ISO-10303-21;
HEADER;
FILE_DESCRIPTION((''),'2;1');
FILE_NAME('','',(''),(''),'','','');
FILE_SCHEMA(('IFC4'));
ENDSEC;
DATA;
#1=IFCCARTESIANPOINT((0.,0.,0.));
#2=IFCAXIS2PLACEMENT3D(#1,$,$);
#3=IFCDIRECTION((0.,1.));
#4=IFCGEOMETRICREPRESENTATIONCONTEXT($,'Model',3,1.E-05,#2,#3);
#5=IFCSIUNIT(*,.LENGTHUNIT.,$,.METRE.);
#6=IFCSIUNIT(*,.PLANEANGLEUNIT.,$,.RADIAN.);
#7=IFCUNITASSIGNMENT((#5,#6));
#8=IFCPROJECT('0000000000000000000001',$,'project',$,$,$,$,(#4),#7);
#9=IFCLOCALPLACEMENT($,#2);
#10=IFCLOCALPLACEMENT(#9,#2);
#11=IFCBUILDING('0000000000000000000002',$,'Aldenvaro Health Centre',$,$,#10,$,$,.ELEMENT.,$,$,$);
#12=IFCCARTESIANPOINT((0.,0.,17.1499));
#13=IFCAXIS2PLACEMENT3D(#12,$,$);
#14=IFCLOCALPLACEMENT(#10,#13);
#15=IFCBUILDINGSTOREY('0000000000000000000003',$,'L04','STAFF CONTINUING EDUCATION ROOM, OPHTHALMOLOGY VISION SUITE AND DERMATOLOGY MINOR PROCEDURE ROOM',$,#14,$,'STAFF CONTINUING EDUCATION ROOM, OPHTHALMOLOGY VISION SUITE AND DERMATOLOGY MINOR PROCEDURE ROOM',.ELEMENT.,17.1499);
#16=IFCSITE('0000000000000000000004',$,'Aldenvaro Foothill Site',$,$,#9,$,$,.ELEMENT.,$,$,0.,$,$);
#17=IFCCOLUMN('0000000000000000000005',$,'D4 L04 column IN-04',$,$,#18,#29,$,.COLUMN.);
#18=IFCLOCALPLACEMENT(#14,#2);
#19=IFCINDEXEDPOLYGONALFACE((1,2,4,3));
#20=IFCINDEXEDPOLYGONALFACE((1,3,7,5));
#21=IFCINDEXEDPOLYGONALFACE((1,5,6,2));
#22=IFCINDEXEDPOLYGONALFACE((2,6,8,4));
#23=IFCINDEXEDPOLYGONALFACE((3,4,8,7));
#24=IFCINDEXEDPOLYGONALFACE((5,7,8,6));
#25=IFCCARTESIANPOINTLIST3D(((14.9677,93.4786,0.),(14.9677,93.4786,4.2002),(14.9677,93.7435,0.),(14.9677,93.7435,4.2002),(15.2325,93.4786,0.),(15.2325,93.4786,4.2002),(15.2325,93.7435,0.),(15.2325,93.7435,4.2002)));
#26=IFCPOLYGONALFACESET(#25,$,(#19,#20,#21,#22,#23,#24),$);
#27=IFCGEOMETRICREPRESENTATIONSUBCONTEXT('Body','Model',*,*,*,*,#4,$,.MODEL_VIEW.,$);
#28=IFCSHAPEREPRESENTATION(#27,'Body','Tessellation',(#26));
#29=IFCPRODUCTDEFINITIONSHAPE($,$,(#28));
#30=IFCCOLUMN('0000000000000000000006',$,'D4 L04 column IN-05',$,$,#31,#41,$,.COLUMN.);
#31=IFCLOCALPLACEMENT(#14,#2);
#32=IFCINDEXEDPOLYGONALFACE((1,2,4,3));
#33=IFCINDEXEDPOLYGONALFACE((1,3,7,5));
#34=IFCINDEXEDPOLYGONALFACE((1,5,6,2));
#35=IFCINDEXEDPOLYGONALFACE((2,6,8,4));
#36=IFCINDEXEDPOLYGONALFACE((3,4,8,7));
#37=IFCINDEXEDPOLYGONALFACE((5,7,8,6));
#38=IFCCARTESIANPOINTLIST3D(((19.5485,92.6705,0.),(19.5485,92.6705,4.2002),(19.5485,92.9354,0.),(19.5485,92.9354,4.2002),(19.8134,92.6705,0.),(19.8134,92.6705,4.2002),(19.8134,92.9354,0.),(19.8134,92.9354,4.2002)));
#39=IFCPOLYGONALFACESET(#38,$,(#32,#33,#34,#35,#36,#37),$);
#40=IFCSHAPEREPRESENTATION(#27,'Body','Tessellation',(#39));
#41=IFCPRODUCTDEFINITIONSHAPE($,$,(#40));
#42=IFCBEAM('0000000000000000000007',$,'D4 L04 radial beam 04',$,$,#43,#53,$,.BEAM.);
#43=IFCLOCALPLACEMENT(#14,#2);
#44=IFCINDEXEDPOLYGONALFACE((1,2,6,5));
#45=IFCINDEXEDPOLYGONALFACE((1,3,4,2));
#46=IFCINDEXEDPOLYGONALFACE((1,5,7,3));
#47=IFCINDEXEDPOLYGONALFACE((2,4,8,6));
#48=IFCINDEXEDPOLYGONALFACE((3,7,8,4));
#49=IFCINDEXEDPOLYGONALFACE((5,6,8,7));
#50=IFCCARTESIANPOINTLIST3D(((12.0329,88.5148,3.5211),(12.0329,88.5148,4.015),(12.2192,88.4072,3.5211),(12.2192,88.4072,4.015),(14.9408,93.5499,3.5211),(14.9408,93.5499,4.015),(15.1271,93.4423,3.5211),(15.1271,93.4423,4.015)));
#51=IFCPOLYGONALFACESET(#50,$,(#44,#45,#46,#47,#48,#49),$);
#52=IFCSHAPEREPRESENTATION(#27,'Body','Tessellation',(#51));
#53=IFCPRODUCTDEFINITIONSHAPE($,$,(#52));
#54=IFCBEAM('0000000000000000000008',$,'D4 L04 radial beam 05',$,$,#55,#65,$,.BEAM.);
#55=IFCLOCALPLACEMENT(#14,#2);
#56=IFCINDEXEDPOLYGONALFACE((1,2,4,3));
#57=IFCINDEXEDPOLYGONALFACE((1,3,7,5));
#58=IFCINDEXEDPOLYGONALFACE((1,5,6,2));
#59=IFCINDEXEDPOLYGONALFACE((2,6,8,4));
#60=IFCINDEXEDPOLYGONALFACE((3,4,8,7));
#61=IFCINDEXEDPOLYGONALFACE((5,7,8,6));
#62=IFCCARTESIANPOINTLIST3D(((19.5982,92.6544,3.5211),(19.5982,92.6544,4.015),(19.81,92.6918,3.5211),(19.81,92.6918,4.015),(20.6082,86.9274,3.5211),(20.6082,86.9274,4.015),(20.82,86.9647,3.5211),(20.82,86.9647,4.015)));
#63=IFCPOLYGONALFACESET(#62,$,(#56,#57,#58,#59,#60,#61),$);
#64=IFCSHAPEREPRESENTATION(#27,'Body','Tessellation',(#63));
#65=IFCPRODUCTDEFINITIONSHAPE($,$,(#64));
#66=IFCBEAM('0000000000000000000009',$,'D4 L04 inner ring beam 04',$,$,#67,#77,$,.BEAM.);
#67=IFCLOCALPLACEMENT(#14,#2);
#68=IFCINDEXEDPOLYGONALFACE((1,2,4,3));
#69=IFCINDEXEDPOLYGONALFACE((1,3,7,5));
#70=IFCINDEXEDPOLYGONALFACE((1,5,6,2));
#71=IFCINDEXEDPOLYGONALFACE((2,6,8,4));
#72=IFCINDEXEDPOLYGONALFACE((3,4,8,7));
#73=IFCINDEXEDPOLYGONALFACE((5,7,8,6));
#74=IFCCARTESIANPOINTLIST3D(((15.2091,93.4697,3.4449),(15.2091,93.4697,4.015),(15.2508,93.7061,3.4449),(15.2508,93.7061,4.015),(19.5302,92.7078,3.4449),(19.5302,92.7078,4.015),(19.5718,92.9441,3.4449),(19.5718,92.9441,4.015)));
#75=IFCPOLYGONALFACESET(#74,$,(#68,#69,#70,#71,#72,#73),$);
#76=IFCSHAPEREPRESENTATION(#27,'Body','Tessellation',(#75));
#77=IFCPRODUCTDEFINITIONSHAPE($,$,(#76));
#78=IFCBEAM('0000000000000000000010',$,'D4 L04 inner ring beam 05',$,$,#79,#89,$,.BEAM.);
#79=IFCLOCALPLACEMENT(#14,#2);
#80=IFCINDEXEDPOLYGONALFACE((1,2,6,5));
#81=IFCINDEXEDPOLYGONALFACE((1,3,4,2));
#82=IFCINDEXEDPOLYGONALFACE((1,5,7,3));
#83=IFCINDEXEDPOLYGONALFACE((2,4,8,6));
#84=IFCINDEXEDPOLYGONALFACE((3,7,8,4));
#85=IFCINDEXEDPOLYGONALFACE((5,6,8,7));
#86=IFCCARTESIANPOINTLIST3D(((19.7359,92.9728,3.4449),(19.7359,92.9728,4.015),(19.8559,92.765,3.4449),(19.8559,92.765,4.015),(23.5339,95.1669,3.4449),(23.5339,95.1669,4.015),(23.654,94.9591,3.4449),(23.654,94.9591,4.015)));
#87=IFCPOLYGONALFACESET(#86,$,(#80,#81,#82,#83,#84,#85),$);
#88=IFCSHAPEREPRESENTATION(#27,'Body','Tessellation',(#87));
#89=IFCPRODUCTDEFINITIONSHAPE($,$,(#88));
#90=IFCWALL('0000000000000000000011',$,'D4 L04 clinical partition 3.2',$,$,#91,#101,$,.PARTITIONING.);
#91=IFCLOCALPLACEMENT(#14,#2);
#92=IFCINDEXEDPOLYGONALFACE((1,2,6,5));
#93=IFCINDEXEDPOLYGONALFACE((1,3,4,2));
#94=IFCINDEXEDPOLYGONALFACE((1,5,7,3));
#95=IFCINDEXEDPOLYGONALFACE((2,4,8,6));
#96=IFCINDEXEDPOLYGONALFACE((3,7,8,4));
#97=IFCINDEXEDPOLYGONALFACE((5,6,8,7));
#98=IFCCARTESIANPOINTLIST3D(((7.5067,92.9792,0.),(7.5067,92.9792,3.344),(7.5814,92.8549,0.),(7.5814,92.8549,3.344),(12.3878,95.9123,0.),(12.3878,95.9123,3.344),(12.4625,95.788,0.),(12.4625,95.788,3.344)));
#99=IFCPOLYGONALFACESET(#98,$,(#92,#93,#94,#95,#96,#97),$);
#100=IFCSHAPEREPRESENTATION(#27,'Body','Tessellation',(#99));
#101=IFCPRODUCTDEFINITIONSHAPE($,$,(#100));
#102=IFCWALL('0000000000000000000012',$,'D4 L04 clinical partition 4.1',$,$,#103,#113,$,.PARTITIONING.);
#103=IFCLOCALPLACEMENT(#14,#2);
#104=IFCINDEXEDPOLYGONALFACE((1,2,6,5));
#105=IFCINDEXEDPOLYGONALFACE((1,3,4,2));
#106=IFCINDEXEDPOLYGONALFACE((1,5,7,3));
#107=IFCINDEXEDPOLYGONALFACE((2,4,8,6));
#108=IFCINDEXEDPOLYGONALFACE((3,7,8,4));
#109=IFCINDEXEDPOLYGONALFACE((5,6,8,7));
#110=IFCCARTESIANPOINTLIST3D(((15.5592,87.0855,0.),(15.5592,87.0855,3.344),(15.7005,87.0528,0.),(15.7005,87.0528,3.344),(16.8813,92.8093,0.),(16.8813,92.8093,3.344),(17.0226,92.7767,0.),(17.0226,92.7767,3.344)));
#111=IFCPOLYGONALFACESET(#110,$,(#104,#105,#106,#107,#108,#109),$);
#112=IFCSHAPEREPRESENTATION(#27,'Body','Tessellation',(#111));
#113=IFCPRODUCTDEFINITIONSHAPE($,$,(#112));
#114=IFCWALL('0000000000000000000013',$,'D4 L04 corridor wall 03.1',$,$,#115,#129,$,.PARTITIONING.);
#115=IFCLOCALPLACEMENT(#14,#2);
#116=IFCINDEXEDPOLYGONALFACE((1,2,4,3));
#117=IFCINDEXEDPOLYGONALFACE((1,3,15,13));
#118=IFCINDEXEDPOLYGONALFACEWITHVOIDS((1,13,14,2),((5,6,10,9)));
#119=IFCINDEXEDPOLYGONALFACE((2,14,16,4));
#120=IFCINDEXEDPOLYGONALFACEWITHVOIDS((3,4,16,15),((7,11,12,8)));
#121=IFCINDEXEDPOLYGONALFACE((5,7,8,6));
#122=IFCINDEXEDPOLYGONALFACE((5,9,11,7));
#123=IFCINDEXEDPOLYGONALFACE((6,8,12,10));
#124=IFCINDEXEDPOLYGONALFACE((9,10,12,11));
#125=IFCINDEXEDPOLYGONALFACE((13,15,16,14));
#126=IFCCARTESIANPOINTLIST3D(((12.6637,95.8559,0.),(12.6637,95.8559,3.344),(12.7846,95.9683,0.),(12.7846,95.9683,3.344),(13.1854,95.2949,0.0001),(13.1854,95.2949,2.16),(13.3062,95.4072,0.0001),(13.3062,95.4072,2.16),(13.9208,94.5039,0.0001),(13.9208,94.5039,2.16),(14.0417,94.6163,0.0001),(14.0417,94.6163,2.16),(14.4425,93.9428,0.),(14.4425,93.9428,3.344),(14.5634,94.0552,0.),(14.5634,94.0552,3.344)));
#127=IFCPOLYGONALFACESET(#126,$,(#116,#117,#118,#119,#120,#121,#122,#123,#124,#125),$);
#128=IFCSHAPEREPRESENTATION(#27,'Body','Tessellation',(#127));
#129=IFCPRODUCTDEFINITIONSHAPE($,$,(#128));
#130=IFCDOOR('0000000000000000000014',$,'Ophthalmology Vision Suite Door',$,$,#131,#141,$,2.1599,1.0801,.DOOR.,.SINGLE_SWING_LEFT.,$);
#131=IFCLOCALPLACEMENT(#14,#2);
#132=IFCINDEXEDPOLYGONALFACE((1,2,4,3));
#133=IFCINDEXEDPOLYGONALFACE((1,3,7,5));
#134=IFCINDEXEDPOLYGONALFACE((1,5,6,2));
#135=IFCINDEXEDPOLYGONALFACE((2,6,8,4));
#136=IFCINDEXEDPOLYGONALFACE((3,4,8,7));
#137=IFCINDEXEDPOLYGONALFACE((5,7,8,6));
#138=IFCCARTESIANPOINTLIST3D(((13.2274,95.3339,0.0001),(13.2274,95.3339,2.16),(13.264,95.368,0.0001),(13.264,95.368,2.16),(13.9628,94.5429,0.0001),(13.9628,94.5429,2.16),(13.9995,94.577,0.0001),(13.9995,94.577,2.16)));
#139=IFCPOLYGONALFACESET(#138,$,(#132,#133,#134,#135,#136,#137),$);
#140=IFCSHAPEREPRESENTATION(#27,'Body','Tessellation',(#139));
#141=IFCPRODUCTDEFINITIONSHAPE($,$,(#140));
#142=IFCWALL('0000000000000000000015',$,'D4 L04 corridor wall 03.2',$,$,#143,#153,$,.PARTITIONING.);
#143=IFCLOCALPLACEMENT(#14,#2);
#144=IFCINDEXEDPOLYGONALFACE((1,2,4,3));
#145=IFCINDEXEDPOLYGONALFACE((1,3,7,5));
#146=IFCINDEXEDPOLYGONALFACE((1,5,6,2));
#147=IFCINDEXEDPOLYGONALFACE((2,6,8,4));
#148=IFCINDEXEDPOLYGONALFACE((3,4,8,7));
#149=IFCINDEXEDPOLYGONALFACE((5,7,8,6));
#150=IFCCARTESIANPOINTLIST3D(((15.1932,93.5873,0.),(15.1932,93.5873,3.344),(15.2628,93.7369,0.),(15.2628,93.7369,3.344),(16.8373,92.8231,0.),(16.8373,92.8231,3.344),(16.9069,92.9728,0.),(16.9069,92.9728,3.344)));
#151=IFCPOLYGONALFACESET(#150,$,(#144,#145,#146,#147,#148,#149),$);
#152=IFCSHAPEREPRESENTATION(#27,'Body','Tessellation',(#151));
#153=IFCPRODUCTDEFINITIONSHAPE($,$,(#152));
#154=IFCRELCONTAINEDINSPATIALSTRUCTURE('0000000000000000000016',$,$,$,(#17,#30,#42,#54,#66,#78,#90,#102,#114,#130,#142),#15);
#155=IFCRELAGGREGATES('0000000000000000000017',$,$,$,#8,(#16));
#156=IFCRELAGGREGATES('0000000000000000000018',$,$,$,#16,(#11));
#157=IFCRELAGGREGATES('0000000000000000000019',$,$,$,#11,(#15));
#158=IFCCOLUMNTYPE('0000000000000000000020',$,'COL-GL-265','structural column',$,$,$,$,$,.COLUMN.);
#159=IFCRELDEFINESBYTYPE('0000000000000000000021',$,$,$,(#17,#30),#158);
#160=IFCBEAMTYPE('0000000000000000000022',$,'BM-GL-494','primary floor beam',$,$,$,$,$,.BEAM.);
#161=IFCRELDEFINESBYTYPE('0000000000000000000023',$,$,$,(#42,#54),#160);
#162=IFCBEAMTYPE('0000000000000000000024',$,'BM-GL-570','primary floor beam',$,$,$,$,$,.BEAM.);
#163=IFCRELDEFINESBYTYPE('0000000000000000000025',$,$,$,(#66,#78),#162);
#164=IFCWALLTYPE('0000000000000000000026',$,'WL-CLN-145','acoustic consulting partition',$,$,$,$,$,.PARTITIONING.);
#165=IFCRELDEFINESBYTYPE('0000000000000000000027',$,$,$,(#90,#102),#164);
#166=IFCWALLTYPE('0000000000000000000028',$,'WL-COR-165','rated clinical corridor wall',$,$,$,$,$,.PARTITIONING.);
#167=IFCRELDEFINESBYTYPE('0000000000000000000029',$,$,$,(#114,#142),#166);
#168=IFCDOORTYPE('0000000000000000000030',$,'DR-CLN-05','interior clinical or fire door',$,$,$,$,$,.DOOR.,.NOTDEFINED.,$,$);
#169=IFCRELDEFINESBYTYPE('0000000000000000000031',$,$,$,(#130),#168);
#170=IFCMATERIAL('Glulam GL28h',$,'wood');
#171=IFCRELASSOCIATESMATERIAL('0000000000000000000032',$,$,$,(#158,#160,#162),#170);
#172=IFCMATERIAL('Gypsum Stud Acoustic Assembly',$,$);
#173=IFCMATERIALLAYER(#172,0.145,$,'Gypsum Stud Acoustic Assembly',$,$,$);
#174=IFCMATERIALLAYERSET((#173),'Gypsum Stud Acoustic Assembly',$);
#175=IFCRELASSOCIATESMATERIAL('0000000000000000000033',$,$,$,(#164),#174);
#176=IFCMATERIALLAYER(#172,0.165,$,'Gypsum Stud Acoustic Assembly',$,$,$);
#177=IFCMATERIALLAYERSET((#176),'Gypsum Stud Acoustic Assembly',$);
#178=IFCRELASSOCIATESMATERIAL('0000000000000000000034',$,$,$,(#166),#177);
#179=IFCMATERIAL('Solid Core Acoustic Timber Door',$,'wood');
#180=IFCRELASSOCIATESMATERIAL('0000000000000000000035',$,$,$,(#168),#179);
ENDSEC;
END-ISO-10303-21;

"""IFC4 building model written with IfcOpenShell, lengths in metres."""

from ifc_helpers import new_model, si_unit, direction, frame, frame_2d, origin, origin_2d, place, context, subcontext, project, spatial, rectangle, extrude, material, layer, layer_set, material_profile, profile_set, type_object, element, fill, save


model = new_model("IFC4")

# Units and contexts
model_context = context("Model", 3, precision=1e-05, world=origin(), true_north=direction((0.0, 1.0)))
body_context = subcontext(model_context, "Body", "Model", "MODEL_VIEW")
ifc_project = project(units=[si_unit("LENGTHUNIT", "METRE"), si_unit("PLANEANGLEUNIT", "RADIAN")], contexts=[model_context])

# Site, building, storey
site_placement = place(None, origin())
site = spatial("IfcSite", under=ifc_project, at=site_placement, Name="Aldenvaro Foothill Site", CompositionType="ELEMENT", RefElevation=0.0)
building_placement = place(site_placement, origin())
building = spatial("IfcBuilding", under=site, at=building_placement, Name="Aldenvaro Health Centre", CompositionType="ELEMENT")
storey_placement = place(building_placement, frame((0.0, 0.0, 17.1499)))
storey = spatial("IfcBuildingStorey", under=building, at=storey_placement, Name="L04", Description="STAFF CONTINUING EDUCATION ROOM, OPHTHALMOLOGY VISION SUITE AND DERMATOLOGY MINOR PROCEDURE ROOM", LongName="STAFF CONTINUING EDUCATION ROOM, OPHTHALMOLOGY VISION SUITE AND DERMATOLOGY MINOR PROCEDURE ROOM", CompositionType="ELEMENT", Elevation=17.1499)

# Columns
ifc_material_1 = material(Name="Glulam GL28h", Category="wood")
ifc_material_profile_1 = material_profile(ifc_material_1, rectangle(XDim=0.2649, YDim=0.2649, at=origin_2d()), Name="GL 265x265", Category="wood")
ifc_profile_set_1 = profile_set([ifc_material_profile_1], Name="Glulam GL28h")
column_type = type_object("IfcColumnType", Name="COL-GL-265", Description="structural column", PredefinedType="COLUMN", material=ifc_profile_set_1)
for number, where, z_axis, x_axis, name in (
    (1, (15.1001, 93.6111, 0.0), (0.0, 0.0, 1.0), (1.0, 0.0, 0.0), "D4 L04 column IN-04"),
    (2, (19.6809, 92.803, 0.0), (0.0, 0.0, 1.0), (1.0, 0.0, 0.0), "D4 L04 column IN-05"),
):
    element("IfcColumn", number, at=place(storey_placement, frame(where, z_axis=z_axis, x_axis=x_axis)), inside=storey, type_object=column_type, Name=name, PredefinedType="COLUMN", context=body_context, shape_type="SweptSolid", body=[
        extrude(rectangle(XDim=0.2649, YDim=0.2649, at=origin_2d()), origin(), (0.0, 0.0, 1.0), 4.2002),
    ])

# Beams
ifc_material_profile_2 = material_profile(ifc_material_1, rectangle(XDim=0.2151, YDim=0.4939, at=origin_2d()), Name="GL 215x494", Category="wood")
ifc_profile_set_2 = profile_set([ifc_material_profile_2], Name="Glulam GL28h")
beam_type_1 = type_object("IfcBeamType", Name="BM-GL-494", Description="primary floor beam", PredefinedType="BEAM", material=ifc_profile_set_2)
beam_1_placement = place(storey_placement, frame((15.0339, 93.4961, 3.7681), z_axis=(-0.500117, -0.865958, 0.0), x_axis=(0.865958, -0.500117, 0.0)))
element("IfcBeam", 3, at=beam_1_placement, inside=storey, type_object=beam_type_1, Name="D4 L04 radial beam 04", PredefinedType="BEAM", context=body_context, shape_type="SweptSolid", body=[
    extrude(rectangle(XDim=0.2151, YDim=0.4939, at=origin_2d()), origin(), (0.0, 0.0, 1.0), 5.8145),
])
beam_2_placement = place(storey_placement, frame((19.7041, 92.6731, 3.7681), z_axis=(0.173678, -0.984803, 0.0), x_axis=(0.984803, 0.173678, 0.0)))
element("IfcBeam", 4, at=beam_2_placement, inside=storey, type_object=beam_type_1, Name="D4 L04 radial beam 05", PredefinedType="BEAM", context=body_context, shape_type="SweptSolid", body=[
    extrude(rectangle(XDim=0.2151, YDim=0.4939, at=origin_2d()), origin(), (0.0, 0.0, 1.0), 5.8154),
])
ifc_material_profile_3 = material_profile(ifc_material_1, rectangle(XDim=0.24, YDim=0.5701, at=origin_2d()), Name="GL 240x570", Category="wood")
ifc_profile_set_3 = profile_set([ifc_material_profile_3], Name="Glulam GL28h")
beam_type_2 = type_object("IfcBeamType", Name="BM-GL-570", Description="primary floor beam", PredefinedType="BEAM", material=ifc_profile_set_3)
beam_3_placement = place(storey_placement, frame((15.23, 93.5879, 3.73), z_axis=(0.984806, -0.173658, 0.0), x_axis=(0.173658, 0.984806, 0.0)))
element("IfcBeam", 5, at=beam_3_placement, inside=storey, type_object=beam_type_2, Name="D4 L04 inner ring beam 04", PredefinedType="BEAM", context=body_context, shape_type="SweptSolid", body=[
    extrude(rectangle(XDim=0.24, YDim=0.5701, at=origin_2d()), origin(), (0.0, 0.0, 1.0), 4.3877),
])
beam_4_placement = place(storey_placement, frame((19.7959, 92.8689, 3.73), z_axis=(0.865901, 0.500215, 0.0), x_axis=(-0.500215, 0.865901, 0.0)))
element("IfcBeam", 6, at=beam_4_placement, inside=storey, type_object=beam_type_2, Name="D4 L04 inner ring beam 05", PredefinedType="BEAM", context=body_context, shape_type="SweptSolid", body=[
    extrude(rectangle(XDim=0.24, YDim=0.5701, at=origin_2d()), origin(), (0.0, 0.0, 1.0), 4.3862),
])

# Walls
ifc_material_2 = material(Name="Gypsum Stud Acoustic Assembly")
ifc_layer_1 = layer(ifc_material_2, 0.145, Name="Gypsum Stud Acoustic Assembly")
ifc_layer_set_1 = layer_set([ifc_layer_1], Name="Gypsum Stud Acoustic Assembly")
wall_type_1 = type_object("IfcWallType", Name="WL-CLN-145", Description="acoustic consulting partition", PredefinedType="PARTITIONING", material=ifc_layer_set_1)
wall_1_placement = place(storey_placement, frame((12.425, 95.8501, 0.0), z_axis=(0.0, 0.0, 1.0), x_axis=(-0.857148, -0.515069, 0.0)))
element("IfcWall", 7, at=wall_1_placement, inside=storey, type_object=wall_type_1, Name="D4 L04 clinical partition 3.2", PredefinedType="PARTITIONING", context=body_context, shape_type="SweptSolid", body=[
    extrude(rectangle(XDim=5.6946, YDim=0.145, at=frame_2d((2.8472, 0.0))), origin(), (0.0, 0.0, 1.0), 3.344),
])
wall_2_placement = place(storey_placement, frame((16.9519, 92.793, 0.0), z_axis=(0.0, 0.0, 1.0), x_axis=(-0.225042, -0.974349, 0.0)))
element("IfcWall", 8, at=wall_2_placement, inside=storey, type_object=wall_type_1, Name="D4 L04 clinical partition 4.1", PredefinedType="PARTITIONING", context=body_context, shape_type="SweptSolid", body=[
    extrude(rectangle(XDim=5.8745, YDim=0.145, at=frame_2d((2.9373, 0.0))), origin(), (0.0, 0.0, 1.0), 3.344),
])

# Wall, opening, door
ifc_layer_2 = layer(ifc_material_2, 0.165, Name="Gypsum Stud Acoustic Assembly")
ifc_layer_set_2 = layer_set([ifc_layer_2], Name="Gypsum Stud Acoustic Assembly")
wall_type_2 = type_object("IfcWallType", Name="WL-COR-165", Description="rated clinical corridor wall", PredefinedType="PARTITIONING", material=ifc_layer_set_2)
wall_3_placement = place(storey_placement, frame((12.7241, 95.9121, 0.0), z_axis=(0.0, 0.0, 1.0), x_axis=(0.680938, -0.732341, 0.0)))
wall_3 = element("IfcWall", 9, at=wall_3_placement, inside=storey, type_object=wall_type_2, Name="D4 L04 corridor wall 03.1", PredefinedType="PARTITIONING", context=body_context, shape_type="SweptSolid", body=[
    extrude(rectangle(XDim=2.6123, YDim=0.165, at=frame_2d((1.3062, 0.0))), origin(), (0.0, 0.0, 1.0), 3.344),
])
opening_1_placement = place(wall_3_placement, frame((0.7661, 0.0, 0.0)))
opening_1 = element("IfcOpeningElement", 10, at=opening_1_placement, cuts=wall_3, PredefinedType="OPENING", context=body_context, shape_type="SweptSolid", body=[
    extrude(rectangle(XDim=1.0801, YDim=2.1599, at=frame_2d((0.54, 1.0801))), frame((0.0, 0.0925, 0.0), z_axis=(0.0, -1.0, 0.0), x_axis=(1.0, 0.0, 0.0)), (0.0, 0.0, 1.0), 0.1851),
])
ifc_material_3 = material(Name="Solid Core Acoustic Timber Door", Category="wood")
door_type_1 = type_object("IfcDoorType", Name="DR-CLN-05", Description="interior clinical or fire door", OperationType="NOTDEFINED", PredefinedType="DOOR", material=ifc_material_3)
door_1_placement = place(opening_1_placement, origin())
door_1 = element("IfcDoor", 11, at=door_1_placement, inside=storey, type_object=door_type_1, Name="Ophthalmology Vision Suite Door", OperationType="SINGLE_SWING_LEFT", OverallHeight=2.1599, OverallWidth=1.0801, PredefinedType="DOOR", context=body_context, shape_type="SweptSolid", body=[
    extrude(rectangle(XDim=1.0801, YDim=2.1599, at=frame_2d((0.54, 1.0801))), frame((0.0, 0.0249, 0.0), z_axis=(0.0, -1.0, 0.0), x_axis=(1.0, 0.0, 0.0)), (0.0, 0.0, 1.0), 0.05),
])
fill(opening_1, door_1)

# Wall
wall_4_placement = place(storey_placement, frame((15.228, 93.6621, 0.0), z_axis=(0.0, 0.0, 1.0), x_axis=(0.906829, -0.421499, 0.0)))
element("IfcWall", 12, at=wall_4_placement, inside=storey, type_object=wall_type_2, Name="D4 L04 corridor wall 03.2", PredefinedType="PARTITIONING", context=body_context, shape_type="SweptSolid", body=[
    extrude(rectangle(XDim=1.813, YDim=0.165, at=frame_2d((0.9065, 0.0))), origin(), (0.0, 0.0, 1.0), 3.344),
])

save(model, "model.ifc")
